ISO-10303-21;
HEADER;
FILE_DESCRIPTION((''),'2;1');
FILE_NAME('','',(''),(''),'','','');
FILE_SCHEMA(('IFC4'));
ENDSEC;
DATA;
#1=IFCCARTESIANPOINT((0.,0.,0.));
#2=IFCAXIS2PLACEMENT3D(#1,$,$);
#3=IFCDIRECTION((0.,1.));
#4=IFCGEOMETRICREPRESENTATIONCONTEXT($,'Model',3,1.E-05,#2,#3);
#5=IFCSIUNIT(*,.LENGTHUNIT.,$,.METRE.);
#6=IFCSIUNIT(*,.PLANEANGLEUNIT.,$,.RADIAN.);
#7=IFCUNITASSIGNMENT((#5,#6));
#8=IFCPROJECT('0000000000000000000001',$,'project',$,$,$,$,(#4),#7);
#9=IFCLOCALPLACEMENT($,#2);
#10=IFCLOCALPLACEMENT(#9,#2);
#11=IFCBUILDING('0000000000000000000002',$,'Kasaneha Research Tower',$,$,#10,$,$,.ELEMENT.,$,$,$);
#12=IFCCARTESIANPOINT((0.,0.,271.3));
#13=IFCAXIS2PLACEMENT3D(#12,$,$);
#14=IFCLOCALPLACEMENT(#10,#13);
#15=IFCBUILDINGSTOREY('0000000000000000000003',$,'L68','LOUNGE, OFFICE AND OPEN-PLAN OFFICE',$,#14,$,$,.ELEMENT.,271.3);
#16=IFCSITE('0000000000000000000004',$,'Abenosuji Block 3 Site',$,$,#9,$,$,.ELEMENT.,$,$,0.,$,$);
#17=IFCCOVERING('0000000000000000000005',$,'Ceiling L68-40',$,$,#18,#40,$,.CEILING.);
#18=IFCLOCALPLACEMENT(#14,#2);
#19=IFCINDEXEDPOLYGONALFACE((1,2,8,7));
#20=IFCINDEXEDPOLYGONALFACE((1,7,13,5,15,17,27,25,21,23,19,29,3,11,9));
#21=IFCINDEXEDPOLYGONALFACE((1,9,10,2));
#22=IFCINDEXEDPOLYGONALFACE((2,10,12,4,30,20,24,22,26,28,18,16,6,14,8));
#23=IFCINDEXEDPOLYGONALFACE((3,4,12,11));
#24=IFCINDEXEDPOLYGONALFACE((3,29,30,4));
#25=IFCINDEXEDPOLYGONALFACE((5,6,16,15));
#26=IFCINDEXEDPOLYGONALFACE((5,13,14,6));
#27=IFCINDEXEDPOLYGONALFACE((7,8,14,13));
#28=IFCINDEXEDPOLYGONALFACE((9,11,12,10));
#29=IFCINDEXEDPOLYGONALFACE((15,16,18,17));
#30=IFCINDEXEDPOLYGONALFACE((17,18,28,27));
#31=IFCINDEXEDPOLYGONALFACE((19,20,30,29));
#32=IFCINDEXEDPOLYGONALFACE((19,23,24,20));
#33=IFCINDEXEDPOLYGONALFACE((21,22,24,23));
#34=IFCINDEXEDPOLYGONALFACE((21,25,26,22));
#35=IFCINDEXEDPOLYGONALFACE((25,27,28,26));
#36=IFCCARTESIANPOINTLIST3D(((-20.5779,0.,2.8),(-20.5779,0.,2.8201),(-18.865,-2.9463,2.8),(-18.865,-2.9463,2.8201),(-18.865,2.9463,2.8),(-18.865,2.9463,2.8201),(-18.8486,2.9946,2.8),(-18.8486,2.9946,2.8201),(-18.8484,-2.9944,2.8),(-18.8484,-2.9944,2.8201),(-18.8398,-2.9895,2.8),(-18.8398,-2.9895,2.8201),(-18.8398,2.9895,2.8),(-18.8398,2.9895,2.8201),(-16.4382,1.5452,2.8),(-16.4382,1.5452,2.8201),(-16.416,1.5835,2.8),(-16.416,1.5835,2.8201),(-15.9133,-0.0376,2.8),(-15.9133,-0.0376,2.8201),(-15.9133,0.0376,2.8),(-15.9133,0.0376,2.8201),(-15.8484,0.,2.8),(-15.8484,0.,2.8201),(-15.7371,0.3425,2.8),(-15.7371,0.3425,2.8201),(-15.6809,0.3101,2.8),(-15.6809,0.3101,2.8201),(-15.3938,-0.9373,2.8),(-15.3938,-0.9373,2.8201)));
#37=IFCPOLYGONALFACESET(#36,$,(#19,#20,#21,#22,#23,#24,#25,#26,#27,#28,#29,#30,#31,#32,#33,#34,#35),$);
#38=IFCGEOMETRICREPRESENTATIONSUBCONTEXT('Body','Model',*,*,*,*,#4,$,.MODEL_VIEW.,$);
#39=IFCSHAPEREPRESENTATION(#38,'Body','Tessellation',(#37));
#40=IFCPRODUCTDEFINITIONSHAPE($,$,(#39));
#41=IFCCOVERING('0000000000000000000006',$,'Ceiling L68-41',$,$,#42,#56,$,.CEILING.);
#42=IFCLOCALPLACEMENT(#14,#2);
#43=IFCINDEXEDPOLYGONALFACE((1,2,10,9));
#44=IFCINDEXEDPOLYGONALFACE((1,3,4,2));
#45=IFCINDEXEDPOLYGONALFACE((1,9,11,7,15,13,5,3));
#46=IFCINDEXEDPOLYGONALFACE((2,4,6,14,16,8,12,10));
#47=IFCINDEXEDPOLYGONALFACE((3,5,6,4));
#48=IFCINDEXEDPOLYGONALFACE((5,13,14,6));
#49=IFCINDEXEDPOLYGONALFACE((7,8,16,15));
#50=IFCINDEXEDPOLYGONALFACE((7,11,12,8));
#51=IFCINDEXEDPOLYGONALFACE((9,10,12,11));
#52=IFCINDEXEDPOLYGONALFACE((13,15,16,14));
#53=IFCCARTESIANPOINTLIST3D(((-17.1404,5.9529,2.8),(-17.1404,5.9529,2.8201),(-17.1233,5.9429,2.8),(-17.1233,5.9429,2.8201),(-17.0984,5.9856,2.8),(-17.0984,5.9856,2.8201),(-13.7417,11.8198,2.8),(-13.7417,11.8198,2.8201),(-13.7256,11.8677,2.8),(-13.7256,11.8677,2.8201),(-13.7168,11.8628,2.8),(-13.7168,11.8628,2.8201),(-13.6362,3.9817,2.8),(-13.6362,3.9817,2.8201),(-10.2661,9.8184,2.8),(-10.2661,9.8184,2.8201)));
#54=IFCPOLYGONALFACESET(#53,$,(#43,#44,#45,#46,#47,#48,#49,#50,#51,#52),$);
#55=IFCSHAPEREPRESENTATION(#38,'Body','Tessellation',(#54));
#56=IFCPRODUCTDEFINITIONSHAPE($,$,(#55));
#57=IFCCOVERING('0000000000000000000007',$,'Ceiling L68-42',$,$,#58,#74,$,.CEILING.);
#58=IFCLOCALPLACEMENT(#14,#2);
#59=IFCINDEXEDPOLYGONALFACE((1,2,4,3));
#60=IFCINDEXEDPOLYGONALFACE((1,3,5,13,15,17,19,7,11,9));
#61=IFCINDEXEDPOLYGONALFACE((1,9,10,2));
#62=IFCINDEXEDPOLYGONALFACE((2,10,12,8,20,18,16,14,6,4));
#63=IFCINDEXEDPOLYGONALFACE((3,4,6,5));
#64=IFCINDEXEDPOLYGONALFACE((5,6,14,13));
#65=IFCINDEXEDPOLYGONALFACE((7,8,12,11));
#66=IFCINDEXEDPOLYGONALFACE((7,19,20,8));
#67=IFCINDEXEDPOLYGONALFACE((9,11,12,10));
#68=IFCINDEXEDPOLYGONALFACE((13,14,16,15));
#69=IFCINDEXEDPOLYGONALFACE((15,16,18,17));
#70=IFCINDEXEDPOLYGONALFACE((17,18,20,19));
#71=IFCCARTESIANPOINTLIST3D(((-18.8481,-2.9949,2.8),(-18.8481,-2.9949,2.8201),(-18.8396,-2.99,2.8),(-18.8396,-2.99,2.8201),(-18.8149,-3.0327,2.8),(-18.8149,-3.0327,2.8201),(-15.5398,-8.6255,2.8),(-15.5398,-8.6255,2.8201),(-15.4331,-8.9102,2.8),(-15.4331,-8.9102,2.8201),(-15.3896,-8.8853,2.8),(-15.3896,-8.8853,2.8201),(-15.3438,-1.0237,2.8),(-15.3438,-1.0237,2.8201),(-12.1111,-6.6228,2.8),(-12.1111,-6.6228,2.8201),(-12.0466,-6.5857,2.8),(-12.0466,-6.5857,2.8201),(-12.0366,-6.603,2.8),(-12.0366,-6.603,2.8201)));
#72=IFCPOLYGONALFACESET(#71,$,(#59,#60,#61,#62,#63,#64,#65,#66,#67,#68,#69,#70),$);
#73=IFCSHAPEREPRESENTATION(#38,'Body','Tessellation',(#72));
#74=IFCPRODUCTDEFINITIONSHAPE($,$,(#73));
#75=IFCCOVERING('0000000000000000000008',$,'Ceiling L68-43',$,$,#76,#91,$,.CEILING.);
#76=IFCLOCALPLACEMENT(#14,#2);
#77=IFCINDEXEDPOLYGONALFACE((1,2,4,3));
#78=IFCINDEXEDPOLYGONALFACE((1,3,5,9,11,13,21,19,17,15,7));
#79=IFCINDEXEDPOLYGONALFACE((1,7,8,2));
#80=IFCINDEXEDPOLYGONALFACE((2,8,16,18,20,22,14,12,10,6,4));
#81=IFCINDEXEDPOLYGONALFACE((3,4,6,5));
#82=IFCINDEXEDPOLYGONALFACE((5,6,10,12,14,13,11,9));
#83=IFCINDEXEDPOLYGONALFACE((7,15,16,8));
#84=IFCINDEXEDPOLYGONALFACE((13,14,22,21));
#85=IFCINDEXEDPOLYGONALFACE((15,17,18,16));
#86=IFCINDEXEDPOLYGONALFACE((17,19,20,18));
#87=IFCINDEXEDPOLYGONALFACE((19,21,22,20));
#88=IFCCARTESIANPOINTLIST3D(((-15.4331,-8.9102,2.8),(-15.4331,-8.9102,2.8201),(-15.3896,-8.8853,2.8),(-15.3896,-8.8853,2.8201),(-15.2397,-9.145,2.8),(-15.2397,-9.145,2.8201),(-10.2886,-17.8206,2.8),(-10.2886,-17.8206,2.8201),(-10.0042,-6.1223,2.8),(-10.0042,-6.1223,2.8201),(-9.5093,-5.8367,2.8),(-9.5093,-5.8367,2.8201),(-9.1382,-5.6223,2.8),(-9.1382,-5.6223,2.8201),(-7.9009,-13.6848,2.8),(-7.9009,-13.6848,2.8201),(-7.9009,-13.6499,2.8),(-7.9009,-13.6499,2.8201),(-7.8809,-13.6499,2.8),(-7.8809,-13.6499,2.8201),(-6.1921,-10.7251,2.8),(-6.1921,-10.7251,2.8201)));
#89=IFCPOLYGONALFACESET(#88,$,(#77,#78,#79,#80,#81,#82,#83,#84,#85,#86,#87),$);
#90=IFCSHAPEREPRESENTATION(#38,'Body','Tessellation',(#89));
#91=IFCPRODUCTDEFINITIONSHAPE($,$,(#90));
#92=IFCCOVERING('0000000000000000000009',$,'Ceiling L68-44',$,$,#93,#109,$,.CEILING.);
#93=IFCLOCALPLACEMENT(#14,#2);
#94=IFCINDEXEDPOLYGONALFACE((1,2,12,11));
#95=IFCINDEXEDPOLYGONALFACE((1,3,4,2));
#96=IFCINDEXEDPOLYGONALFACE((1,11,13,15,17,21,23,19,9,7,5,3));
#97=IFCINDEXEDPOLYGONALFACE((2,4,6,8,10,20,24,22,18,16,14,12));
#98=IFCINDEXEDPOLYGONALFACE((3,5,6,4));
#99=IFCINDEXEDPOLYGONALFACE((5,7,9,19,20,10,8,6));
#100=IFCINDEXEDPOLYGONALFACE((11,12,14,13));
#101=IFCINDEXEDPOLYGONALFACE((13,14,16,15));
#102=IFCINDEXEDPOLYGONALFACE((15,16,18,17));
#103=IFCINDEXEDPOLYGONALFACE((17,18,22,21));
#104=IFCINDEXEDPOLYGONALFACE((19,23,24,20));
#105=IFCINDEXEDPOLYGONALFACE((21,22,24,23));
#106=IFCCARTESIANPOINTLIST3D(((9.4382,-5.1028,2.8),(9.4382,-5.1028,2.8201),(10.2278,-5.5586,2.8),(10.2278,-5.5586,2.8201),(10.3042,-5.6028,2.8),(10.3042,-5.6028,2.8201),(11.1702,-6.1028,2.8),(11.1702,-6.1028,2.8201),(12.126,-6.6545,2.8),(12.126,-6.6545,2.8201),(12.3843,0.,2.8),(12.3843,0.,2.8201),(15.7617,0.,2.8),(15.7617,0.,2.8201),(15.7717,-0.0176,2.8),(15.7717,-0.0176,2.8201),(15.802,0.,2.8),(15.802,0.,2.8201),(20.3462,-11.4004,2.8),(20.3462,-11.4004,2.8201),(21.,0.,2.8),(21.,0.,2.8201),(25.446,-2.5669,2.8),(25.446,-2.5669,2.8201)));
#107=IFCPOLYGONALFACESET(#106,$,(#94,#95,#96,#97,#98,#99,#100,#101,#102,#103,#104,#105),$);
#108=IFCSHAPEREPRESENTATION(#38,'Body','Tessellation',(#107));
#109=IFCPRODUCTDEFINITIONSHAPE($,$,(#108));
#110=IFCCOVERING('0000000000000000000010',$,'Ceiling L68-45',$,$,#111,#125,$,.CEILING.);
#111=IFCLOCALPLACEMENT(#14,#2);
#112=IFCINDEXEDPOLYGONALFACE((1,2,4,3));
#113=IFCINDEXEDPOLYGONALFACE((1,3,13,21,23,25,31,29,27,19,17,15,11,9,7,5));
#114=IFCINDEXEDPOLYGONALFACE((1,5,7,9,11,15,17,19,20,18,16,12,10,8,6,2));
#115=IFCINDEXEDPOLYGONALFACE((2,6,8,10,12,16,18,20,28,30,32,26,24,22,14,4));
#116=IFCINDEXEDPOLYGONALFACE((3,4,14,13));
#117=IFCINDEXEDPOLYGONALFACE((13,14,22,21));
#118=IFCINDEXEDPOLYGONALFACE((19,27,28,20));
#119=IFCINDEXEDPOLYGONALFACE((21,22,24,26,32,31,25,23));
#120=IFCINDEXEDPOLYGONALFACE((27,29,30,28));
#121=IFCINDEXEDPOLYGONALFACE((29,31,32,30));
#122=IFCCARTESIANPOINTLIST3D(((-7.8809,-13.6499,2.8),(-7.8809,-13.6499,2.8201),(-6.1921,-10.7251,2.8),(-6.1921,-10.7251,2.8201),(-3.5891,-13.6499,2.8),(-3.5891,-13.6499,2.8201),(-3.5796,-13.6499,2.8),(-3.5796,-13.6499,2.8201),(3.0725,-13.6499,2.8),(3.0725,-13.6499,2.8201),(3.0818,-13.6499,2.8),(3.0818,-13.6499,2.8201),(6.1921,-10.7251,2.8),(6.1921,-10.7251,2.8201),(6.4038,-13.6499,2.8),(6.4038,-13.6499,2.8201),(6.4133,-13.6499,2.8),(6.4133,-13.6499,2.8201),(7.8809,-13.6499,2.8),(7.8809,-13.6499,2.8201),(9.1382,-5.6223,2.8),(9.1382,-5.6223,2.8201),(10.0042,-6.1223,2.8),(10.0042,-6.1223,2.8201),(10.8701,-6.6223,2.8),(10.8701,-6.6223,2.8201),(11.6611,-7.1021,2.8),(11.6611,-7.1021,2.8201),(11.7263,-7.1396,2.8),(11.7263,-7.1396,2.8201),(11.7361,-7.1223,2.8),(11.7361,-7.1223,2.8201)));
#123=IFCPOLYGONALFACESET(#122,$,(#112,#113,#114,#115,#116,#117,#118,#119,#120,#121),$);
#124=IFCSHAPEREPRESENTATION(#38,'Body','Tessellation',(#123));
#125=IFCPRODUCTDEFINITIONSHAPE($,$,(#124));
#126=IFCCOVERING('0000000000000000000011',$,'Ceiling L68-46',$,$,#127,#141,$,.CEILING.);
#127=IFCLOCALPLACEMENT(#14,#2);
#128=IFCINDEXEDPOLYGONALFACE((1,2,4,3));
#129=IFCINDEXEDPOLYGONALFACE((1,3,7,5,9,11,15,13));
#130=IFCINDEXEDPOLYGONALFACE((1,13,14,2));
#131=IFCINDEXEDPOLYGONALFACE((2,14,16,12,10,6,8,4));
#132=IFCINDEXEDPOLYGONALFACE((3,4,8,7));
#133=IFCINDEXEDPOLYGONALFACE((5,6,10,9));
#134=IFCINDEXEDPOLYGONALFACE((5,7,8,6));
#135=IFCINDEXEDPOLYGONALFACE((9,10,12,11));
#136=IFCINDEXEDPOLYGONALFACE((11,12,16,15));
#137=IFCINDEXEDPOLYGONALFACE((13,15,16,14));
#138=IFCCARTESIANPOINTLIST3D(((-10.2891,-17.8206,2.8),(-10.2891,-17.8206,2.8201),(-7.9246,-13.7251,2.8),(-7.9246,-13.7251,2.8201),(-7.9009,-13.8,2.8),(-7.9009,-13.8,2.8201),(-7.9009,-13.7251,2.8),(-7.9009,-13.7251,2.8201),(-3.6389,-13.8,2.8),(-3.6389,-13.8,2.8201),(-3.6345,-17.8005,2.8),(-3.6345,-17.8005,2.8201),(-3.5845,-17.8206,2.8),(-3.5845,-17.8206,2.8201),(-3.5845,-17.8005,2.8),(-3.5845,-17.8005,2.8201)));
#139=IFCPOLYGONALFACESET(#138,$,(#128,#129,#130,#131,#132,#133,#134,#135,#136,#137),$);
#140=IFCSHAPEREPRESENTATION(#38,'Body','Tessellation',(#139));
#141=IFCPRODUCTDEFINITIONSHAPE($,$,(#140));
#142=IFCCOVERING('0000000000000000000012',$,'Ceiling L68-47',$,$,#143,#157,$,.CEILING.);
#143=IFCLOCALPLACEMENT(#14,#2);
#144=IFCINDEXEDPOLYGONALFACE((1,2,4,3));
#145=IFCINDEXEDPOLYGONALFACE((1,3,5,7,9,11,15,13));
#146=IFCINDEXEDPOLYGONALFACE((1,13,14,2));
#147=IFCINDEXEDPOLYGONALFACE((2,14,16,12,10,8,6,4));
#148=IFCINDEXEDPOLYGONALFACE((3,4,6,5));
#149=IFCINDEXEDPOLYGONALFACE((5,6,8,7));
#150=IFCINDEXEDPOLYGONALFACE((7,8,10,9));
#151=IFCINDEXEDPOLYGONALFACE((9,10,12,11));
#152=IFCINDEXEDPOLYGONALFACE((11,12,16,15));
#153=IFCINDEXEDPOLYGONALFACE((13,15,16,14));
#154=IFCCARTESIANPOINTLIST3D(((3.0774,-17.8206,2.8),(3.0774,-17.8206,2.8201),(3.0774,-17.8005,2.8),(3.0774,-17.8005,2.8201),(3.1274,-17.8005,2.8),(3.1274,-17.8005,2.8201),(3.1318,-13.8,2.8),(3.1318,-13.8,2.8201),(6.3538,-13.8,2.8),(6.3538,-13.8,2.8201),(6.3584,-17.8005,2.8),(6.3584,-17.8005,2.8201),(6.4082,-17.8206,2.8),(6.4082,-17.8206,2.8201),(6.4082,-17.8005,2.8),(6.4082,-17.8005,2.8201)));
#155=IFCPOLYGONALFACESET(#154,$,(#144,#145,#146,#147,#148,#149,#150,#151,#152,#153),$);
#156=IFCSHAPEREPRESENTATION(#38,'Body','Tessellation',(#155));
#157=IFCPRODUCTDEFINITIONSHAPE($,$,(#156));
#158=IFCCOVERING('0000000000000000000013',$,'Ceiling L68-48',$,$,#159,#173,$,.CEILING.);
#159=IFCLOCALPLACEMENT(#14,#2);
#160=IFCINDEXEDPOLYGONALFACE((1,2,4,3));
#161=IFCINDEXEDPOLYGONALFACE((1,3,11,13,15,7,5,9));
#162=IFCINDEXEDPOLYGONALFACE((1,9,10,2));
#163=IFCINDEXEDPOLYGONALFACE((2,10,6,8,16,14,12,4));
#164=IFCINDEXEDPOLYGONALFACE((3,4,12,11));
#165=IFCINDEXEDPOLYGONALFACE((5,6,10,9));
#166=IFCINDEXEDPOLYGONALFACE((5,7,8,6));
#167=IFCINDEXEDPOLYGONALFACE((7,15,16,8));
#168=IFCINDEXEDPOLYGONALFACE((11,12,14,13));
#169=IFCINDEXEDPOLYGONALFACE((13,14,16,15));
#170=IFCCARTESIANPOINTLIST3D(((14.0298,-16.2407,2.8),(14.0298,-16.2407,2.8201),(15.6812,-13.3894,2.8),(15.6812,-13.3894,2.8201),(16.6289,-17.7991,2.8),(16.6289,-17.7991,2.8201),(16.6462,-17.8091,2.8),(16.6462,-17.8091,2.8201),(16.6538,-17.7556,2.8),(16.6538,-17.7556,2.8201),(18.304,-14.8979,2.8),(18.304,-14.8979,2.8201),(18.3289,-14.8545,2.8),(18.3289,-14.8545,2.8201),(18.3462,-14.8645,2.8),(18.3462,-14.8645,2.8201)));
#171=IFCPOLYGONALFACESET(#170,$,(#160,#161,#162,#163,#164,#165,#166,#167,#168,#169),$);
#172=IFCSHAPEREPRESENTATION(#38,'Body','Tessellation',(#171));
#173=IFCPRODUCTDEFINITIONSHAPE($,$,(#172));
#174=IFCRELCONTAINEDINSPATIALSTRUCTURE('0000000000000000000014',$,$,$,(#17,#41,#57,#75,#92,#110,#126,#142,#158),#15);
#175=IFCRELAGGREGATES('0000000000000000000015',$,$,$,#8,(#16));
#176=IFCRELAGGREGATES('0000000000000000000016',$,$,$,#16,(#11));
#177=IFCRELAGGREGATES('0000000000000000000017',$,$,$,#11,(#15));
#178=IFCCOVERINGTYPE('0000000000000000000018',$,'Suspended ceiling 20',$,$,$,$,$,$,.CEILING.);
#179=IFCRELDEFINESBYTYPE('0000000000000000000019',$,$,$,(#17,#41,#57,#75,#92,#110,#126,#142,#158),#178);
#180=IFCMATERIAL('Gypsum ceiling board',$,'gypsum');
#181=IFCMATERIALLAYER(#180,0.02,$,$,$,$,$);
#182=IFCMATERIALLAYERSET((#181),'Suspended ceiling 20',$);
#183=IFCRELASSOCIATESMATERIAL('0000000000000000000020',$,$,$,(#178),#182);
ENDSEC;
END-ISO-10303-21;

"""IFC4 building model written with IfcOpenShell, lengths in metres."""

from ifc_helpers import new_model, si_unit, direction, frame, origin, place, context, subcontext, project, spatial, polyline, outline, extrude, material, layer, layer_set, type_object, element, save


model = new_model("IFC4")

# Units and contexts
model_context = context("Model", 3, precision=1e-05, world=origin(), true_north=direction((0.0, 1.0)))
body_context = subcontext(model_context, "Body", "Model", "MODEL_VIEW")
ifc_project = project(units=[si_unit("LENGTHUNIT", "METRE"), si_unit("PLANEANGLEUNIT", "RADIAN")], contexts=[model_context])

# Site, building, storey
site_placement = place(None, origin())
site = spatial("IfcSite", under=ifc_project, at=site_placement, Name="Abenosuji Block 3 Site", CompositionType="ELEMENT", RefElevation=0.0)
building_placement = place(site_placement, origin())
building = spatial("IfcBuilding", under=site, at=building_placement, Name="Kasaneha Research Tower", CompositionType="ELEMENT")
storey_placement = place(building_placement, frame((0.0, 0.0, 271.3)))
storey = spatial("IfcBuildingStorey", under=building, at=storey_placement, Name="L68", Description="LOUNGE, OFFICE AND OPEN-PLAN OFFICE", CompositionType="ELEMENT", Elevation=271.3)

# Coverings
ifc_material_1 = material(Name="Gypsum ceiling board", Category="gypsum")
ifc_layer_1 = layer(ifc_material_1, 0.02)
ifc_layer_set_1 = layer_set([ifc_layer_1], Name="Suspended ceiling 20")
covering_type_1 = type_object("IfcCoveringType", Name="Suspended ceiling 20", PredefinedType="CEILING", material=ifc_layer_set_1)
covering_1_placement = place(storey_placement, frame((0.0, 0.0, 2.8)))
element("IfcCovering", 1, at=covering_1_placement, inside=storey, type_object=covering_type_1, Name="Ceiling L68-40", PredefinedType="CEILING", context=body_context, shape_type="SweptSolid", body=[
    extrude(outline(polyline([(-18.8484, -2.9944), (-20.5779, 0.0), (-18.8486, 2.9946), (-18.8398, 2.9895), (-18.865, 2.9463), (-16.4382, 1.5452), (-16.416, 1.5835), (-15.6809, 0.3101), (-15.7371, 0.3425), (-15.9133, 0.0376), (-15.8484, 0.0), (-15.9133, -0.0376), (-15.3938, -0.9373), (-18.865, -2.9463), (-18.8398, -2.9895), (-18.8484, -2.9944)])), origin(), (0.0, 0.0, 1.0), 0.02),
])
covering_2_placement = place(storey_placement, frame((0.0, 0.0, 2.8)))
element("IfcCovering", 2, at=covering_2_placement, inside=storey, type_object=covering_type_1, Name="Ceiling L68-41", PredefinedType="CEILING", context=body_context, shape_type="SweptSolid", body=[
    extrude(outline(polyline([(-17.1404, 5.9529), (-13.7256, 11.8677), (-13.7168, 11.8628), (-13.7417, 11.8198), (-10.2661, 9.8184), (-13.6362, 3.9817), (-17.0984, 5.9856), (-17.1233, 5.9429), (-17.1404, 5.9529)])), origin(), (0.0, 0.0, 1.0), 0.02),
])
covering_3_placement = place(storey_placement, frame((0.0, 0.0, 2.8)))
element("IfcCovering", 3, at=covering_3_placement, inside=storey, type_object=covering_type_1, Name="Ceiling L68-42", PredefinedType="CEILING", context=body_context, shape_type="SweptSolid", body=[
    extrude(outline(polyline([(-15.5398, -8.6255), (-15.3896, -8.8853), (-15.4331, -8.9102), (-18.8481, -2.9949), (-18.8396, -2.99), (-18.8149, -3.0327), (-15.3438, -1.0237), (-12.1111, -6.6228), (-12.0466, -6.5857), (-12.0366, -6.603), (-15.5398, -8.6255), (-15.5398, -8.6255), (-15.5398, -8.6255)])), origin(), (0.0, 0.0, 1.0), 0.02),
])
covering_4_placement = place(storey_placement, frame((0.0, 0.0, 2.8)))
element("IfcCovering", 4, at=covering_4_placement, inside=storey, type_object=covering_type_1, Name="Ceiling L68-43", PredefinedType="CEILING", context=body_context, shape_type="SweptSolid", body=[
    extrude(outline(polyline([(-10.0042, -6.1223), (-10.0042, -6.1223), (-9.5093, -5.8367), (-9.1382, -5.6223), (-6.1921, -10.7251), (-7.8809, -13.6499), (-7.9009, -13.6499), (-7.9009, -13.6848), (-10.2886, -17.8206), (-15.4331, -8.9102), (-15.3896, -8.8853), (-15.2397, -9.145), (-10.0042, -6.1223)])), origin(), (0.0, 0.0, 1.0), 0.02),
])
covering_5_placement = place(storey_placement, frame((0.0, 0.0, 2.8)))
element("IfcCovering", 5, at=covering_5_placement, inside=storey, type_object=covering_type_1, Name="Ceiling L68-44", PredefinedType="CEILING", context=body_context, shape_type="SweptSolid", body=[
    extrude(outline(polyline([(11.1702, -6.1028), (10.3042, -5.6028), (10.2278, -5.5586), (9.4382, -5.1028), (12.3843, 0.0), (15.7617, 0.0), (15.7717, -0.0176), (15.802, 0.0), (21.0, 0.0), (25.446, -2.5669), (20.3462, -11.4004), (12.126, -6.6545), (11.1702, -6.1028)])), origin(), (0.0, 0.0, 1.0), 0.02),
])
covering_6_placement = place(storey_placement, frame((0.0, 0.0, 2.8)))
element("IfcCovering", 6, at=covering_6_placement, inside=storey, type_object=covering_type_1, Name="Ceiling L68-45", PredefinedType="CEILING", context=body_context, shape_type="SweptSolid", body=[
    extrude(outline(polyline([(-6.1921, -10.7251), (6.1921, -10.7251), (9.1382, -5.6223), (10.0042, -6.1223), (10.0042, -6.1223), (10.8701, -6.6223), (10.8701, -6.6223), (11.7361, -7.1223), (11.7263, -7.1396), (11.6611, -7.1021), (7.8809, -13.6499), (6.4133, -13.6499), (6.4038, -13.6499), (3.0818, -13.6499), (3.0725, -13.6499), (-3.5796, -13.6499), (-3.5891, -13.6499), (-7.8809, -13.6499), (-6.1921, -10.7251)])), origin(), (0.0, 0.0, 1.0), 0.02),
])
covering_7_placement = place(storey_placement, frame((0.0, 0.0, 2.8)))
element("IfcCovering", 7, at=covering_7_placement, inside=storey, type_object=covering_type_1, Name="Ceiling L68-46", PredefinedType="CEILING", context=body_context, shape_type="SweptSolid", body=[
    extrude(outline(polyline([(-7.9246, -13.7251), (-7.9009, -13.7251), (-7.9009, -13.8), (-3.6389, -13.8), (-3.6345, -17.8005), (-3.5845, -17.8005), (-3.5845, -17.8206), (-10.2891, -17.8206), (-7.9246, -13.7251)])), origin(), (0.0, 0.0, 1.0), 0.02),
])
covering_8_placement = place(storey_placement, frame((0.0, 0.0, 2.8)))
element("IfcCovering", 8, at=covering_8_placement, inside=storey, type_object=covering_type_1, Name="Ceiling L68-47", PredefinedType="CEILING", context=body_context, shape_type="SweptSolid", body=[
    extrude(outline(polyline([(3.0774, -17.8005), (3.1274, -17.8005), (3.1318, -13.8), (6.3538, -13.8), (6.3584, -17.8005), (6.4082, -17.8005), (6.4082, -17.8206), (3.0774, -17.8206), (3.0774, -17.8005)])), origin(), (0.0, 0.0, 1.0), 0.02),
])
covering_9_placement = place(storey_placement, frame((0.0, 0.0, 2.8)))
element("IfcCovering", 9, at=covering_9_placement, inside=storey, type_object=covering_type_1, Name="Ceiling L68-48", PredefinedType="CEILING", context=body_context, shape_type="SweptSolid", body=[
    extrude(outline(polyline([(16.6462, -17.8091), (16.6289, -17.7991), (16.6538, -17.7556), (14.0298, -16.2407), (15.6812, -13.3894), (18.304, -14.8979), (18.3289, -14.8545), (18.3462, -14.8645), (16.6462, -17.8091)])), origin(), (0.0, 0.0, 1.0), 0.02),
])

save(model, "model.ifc")
